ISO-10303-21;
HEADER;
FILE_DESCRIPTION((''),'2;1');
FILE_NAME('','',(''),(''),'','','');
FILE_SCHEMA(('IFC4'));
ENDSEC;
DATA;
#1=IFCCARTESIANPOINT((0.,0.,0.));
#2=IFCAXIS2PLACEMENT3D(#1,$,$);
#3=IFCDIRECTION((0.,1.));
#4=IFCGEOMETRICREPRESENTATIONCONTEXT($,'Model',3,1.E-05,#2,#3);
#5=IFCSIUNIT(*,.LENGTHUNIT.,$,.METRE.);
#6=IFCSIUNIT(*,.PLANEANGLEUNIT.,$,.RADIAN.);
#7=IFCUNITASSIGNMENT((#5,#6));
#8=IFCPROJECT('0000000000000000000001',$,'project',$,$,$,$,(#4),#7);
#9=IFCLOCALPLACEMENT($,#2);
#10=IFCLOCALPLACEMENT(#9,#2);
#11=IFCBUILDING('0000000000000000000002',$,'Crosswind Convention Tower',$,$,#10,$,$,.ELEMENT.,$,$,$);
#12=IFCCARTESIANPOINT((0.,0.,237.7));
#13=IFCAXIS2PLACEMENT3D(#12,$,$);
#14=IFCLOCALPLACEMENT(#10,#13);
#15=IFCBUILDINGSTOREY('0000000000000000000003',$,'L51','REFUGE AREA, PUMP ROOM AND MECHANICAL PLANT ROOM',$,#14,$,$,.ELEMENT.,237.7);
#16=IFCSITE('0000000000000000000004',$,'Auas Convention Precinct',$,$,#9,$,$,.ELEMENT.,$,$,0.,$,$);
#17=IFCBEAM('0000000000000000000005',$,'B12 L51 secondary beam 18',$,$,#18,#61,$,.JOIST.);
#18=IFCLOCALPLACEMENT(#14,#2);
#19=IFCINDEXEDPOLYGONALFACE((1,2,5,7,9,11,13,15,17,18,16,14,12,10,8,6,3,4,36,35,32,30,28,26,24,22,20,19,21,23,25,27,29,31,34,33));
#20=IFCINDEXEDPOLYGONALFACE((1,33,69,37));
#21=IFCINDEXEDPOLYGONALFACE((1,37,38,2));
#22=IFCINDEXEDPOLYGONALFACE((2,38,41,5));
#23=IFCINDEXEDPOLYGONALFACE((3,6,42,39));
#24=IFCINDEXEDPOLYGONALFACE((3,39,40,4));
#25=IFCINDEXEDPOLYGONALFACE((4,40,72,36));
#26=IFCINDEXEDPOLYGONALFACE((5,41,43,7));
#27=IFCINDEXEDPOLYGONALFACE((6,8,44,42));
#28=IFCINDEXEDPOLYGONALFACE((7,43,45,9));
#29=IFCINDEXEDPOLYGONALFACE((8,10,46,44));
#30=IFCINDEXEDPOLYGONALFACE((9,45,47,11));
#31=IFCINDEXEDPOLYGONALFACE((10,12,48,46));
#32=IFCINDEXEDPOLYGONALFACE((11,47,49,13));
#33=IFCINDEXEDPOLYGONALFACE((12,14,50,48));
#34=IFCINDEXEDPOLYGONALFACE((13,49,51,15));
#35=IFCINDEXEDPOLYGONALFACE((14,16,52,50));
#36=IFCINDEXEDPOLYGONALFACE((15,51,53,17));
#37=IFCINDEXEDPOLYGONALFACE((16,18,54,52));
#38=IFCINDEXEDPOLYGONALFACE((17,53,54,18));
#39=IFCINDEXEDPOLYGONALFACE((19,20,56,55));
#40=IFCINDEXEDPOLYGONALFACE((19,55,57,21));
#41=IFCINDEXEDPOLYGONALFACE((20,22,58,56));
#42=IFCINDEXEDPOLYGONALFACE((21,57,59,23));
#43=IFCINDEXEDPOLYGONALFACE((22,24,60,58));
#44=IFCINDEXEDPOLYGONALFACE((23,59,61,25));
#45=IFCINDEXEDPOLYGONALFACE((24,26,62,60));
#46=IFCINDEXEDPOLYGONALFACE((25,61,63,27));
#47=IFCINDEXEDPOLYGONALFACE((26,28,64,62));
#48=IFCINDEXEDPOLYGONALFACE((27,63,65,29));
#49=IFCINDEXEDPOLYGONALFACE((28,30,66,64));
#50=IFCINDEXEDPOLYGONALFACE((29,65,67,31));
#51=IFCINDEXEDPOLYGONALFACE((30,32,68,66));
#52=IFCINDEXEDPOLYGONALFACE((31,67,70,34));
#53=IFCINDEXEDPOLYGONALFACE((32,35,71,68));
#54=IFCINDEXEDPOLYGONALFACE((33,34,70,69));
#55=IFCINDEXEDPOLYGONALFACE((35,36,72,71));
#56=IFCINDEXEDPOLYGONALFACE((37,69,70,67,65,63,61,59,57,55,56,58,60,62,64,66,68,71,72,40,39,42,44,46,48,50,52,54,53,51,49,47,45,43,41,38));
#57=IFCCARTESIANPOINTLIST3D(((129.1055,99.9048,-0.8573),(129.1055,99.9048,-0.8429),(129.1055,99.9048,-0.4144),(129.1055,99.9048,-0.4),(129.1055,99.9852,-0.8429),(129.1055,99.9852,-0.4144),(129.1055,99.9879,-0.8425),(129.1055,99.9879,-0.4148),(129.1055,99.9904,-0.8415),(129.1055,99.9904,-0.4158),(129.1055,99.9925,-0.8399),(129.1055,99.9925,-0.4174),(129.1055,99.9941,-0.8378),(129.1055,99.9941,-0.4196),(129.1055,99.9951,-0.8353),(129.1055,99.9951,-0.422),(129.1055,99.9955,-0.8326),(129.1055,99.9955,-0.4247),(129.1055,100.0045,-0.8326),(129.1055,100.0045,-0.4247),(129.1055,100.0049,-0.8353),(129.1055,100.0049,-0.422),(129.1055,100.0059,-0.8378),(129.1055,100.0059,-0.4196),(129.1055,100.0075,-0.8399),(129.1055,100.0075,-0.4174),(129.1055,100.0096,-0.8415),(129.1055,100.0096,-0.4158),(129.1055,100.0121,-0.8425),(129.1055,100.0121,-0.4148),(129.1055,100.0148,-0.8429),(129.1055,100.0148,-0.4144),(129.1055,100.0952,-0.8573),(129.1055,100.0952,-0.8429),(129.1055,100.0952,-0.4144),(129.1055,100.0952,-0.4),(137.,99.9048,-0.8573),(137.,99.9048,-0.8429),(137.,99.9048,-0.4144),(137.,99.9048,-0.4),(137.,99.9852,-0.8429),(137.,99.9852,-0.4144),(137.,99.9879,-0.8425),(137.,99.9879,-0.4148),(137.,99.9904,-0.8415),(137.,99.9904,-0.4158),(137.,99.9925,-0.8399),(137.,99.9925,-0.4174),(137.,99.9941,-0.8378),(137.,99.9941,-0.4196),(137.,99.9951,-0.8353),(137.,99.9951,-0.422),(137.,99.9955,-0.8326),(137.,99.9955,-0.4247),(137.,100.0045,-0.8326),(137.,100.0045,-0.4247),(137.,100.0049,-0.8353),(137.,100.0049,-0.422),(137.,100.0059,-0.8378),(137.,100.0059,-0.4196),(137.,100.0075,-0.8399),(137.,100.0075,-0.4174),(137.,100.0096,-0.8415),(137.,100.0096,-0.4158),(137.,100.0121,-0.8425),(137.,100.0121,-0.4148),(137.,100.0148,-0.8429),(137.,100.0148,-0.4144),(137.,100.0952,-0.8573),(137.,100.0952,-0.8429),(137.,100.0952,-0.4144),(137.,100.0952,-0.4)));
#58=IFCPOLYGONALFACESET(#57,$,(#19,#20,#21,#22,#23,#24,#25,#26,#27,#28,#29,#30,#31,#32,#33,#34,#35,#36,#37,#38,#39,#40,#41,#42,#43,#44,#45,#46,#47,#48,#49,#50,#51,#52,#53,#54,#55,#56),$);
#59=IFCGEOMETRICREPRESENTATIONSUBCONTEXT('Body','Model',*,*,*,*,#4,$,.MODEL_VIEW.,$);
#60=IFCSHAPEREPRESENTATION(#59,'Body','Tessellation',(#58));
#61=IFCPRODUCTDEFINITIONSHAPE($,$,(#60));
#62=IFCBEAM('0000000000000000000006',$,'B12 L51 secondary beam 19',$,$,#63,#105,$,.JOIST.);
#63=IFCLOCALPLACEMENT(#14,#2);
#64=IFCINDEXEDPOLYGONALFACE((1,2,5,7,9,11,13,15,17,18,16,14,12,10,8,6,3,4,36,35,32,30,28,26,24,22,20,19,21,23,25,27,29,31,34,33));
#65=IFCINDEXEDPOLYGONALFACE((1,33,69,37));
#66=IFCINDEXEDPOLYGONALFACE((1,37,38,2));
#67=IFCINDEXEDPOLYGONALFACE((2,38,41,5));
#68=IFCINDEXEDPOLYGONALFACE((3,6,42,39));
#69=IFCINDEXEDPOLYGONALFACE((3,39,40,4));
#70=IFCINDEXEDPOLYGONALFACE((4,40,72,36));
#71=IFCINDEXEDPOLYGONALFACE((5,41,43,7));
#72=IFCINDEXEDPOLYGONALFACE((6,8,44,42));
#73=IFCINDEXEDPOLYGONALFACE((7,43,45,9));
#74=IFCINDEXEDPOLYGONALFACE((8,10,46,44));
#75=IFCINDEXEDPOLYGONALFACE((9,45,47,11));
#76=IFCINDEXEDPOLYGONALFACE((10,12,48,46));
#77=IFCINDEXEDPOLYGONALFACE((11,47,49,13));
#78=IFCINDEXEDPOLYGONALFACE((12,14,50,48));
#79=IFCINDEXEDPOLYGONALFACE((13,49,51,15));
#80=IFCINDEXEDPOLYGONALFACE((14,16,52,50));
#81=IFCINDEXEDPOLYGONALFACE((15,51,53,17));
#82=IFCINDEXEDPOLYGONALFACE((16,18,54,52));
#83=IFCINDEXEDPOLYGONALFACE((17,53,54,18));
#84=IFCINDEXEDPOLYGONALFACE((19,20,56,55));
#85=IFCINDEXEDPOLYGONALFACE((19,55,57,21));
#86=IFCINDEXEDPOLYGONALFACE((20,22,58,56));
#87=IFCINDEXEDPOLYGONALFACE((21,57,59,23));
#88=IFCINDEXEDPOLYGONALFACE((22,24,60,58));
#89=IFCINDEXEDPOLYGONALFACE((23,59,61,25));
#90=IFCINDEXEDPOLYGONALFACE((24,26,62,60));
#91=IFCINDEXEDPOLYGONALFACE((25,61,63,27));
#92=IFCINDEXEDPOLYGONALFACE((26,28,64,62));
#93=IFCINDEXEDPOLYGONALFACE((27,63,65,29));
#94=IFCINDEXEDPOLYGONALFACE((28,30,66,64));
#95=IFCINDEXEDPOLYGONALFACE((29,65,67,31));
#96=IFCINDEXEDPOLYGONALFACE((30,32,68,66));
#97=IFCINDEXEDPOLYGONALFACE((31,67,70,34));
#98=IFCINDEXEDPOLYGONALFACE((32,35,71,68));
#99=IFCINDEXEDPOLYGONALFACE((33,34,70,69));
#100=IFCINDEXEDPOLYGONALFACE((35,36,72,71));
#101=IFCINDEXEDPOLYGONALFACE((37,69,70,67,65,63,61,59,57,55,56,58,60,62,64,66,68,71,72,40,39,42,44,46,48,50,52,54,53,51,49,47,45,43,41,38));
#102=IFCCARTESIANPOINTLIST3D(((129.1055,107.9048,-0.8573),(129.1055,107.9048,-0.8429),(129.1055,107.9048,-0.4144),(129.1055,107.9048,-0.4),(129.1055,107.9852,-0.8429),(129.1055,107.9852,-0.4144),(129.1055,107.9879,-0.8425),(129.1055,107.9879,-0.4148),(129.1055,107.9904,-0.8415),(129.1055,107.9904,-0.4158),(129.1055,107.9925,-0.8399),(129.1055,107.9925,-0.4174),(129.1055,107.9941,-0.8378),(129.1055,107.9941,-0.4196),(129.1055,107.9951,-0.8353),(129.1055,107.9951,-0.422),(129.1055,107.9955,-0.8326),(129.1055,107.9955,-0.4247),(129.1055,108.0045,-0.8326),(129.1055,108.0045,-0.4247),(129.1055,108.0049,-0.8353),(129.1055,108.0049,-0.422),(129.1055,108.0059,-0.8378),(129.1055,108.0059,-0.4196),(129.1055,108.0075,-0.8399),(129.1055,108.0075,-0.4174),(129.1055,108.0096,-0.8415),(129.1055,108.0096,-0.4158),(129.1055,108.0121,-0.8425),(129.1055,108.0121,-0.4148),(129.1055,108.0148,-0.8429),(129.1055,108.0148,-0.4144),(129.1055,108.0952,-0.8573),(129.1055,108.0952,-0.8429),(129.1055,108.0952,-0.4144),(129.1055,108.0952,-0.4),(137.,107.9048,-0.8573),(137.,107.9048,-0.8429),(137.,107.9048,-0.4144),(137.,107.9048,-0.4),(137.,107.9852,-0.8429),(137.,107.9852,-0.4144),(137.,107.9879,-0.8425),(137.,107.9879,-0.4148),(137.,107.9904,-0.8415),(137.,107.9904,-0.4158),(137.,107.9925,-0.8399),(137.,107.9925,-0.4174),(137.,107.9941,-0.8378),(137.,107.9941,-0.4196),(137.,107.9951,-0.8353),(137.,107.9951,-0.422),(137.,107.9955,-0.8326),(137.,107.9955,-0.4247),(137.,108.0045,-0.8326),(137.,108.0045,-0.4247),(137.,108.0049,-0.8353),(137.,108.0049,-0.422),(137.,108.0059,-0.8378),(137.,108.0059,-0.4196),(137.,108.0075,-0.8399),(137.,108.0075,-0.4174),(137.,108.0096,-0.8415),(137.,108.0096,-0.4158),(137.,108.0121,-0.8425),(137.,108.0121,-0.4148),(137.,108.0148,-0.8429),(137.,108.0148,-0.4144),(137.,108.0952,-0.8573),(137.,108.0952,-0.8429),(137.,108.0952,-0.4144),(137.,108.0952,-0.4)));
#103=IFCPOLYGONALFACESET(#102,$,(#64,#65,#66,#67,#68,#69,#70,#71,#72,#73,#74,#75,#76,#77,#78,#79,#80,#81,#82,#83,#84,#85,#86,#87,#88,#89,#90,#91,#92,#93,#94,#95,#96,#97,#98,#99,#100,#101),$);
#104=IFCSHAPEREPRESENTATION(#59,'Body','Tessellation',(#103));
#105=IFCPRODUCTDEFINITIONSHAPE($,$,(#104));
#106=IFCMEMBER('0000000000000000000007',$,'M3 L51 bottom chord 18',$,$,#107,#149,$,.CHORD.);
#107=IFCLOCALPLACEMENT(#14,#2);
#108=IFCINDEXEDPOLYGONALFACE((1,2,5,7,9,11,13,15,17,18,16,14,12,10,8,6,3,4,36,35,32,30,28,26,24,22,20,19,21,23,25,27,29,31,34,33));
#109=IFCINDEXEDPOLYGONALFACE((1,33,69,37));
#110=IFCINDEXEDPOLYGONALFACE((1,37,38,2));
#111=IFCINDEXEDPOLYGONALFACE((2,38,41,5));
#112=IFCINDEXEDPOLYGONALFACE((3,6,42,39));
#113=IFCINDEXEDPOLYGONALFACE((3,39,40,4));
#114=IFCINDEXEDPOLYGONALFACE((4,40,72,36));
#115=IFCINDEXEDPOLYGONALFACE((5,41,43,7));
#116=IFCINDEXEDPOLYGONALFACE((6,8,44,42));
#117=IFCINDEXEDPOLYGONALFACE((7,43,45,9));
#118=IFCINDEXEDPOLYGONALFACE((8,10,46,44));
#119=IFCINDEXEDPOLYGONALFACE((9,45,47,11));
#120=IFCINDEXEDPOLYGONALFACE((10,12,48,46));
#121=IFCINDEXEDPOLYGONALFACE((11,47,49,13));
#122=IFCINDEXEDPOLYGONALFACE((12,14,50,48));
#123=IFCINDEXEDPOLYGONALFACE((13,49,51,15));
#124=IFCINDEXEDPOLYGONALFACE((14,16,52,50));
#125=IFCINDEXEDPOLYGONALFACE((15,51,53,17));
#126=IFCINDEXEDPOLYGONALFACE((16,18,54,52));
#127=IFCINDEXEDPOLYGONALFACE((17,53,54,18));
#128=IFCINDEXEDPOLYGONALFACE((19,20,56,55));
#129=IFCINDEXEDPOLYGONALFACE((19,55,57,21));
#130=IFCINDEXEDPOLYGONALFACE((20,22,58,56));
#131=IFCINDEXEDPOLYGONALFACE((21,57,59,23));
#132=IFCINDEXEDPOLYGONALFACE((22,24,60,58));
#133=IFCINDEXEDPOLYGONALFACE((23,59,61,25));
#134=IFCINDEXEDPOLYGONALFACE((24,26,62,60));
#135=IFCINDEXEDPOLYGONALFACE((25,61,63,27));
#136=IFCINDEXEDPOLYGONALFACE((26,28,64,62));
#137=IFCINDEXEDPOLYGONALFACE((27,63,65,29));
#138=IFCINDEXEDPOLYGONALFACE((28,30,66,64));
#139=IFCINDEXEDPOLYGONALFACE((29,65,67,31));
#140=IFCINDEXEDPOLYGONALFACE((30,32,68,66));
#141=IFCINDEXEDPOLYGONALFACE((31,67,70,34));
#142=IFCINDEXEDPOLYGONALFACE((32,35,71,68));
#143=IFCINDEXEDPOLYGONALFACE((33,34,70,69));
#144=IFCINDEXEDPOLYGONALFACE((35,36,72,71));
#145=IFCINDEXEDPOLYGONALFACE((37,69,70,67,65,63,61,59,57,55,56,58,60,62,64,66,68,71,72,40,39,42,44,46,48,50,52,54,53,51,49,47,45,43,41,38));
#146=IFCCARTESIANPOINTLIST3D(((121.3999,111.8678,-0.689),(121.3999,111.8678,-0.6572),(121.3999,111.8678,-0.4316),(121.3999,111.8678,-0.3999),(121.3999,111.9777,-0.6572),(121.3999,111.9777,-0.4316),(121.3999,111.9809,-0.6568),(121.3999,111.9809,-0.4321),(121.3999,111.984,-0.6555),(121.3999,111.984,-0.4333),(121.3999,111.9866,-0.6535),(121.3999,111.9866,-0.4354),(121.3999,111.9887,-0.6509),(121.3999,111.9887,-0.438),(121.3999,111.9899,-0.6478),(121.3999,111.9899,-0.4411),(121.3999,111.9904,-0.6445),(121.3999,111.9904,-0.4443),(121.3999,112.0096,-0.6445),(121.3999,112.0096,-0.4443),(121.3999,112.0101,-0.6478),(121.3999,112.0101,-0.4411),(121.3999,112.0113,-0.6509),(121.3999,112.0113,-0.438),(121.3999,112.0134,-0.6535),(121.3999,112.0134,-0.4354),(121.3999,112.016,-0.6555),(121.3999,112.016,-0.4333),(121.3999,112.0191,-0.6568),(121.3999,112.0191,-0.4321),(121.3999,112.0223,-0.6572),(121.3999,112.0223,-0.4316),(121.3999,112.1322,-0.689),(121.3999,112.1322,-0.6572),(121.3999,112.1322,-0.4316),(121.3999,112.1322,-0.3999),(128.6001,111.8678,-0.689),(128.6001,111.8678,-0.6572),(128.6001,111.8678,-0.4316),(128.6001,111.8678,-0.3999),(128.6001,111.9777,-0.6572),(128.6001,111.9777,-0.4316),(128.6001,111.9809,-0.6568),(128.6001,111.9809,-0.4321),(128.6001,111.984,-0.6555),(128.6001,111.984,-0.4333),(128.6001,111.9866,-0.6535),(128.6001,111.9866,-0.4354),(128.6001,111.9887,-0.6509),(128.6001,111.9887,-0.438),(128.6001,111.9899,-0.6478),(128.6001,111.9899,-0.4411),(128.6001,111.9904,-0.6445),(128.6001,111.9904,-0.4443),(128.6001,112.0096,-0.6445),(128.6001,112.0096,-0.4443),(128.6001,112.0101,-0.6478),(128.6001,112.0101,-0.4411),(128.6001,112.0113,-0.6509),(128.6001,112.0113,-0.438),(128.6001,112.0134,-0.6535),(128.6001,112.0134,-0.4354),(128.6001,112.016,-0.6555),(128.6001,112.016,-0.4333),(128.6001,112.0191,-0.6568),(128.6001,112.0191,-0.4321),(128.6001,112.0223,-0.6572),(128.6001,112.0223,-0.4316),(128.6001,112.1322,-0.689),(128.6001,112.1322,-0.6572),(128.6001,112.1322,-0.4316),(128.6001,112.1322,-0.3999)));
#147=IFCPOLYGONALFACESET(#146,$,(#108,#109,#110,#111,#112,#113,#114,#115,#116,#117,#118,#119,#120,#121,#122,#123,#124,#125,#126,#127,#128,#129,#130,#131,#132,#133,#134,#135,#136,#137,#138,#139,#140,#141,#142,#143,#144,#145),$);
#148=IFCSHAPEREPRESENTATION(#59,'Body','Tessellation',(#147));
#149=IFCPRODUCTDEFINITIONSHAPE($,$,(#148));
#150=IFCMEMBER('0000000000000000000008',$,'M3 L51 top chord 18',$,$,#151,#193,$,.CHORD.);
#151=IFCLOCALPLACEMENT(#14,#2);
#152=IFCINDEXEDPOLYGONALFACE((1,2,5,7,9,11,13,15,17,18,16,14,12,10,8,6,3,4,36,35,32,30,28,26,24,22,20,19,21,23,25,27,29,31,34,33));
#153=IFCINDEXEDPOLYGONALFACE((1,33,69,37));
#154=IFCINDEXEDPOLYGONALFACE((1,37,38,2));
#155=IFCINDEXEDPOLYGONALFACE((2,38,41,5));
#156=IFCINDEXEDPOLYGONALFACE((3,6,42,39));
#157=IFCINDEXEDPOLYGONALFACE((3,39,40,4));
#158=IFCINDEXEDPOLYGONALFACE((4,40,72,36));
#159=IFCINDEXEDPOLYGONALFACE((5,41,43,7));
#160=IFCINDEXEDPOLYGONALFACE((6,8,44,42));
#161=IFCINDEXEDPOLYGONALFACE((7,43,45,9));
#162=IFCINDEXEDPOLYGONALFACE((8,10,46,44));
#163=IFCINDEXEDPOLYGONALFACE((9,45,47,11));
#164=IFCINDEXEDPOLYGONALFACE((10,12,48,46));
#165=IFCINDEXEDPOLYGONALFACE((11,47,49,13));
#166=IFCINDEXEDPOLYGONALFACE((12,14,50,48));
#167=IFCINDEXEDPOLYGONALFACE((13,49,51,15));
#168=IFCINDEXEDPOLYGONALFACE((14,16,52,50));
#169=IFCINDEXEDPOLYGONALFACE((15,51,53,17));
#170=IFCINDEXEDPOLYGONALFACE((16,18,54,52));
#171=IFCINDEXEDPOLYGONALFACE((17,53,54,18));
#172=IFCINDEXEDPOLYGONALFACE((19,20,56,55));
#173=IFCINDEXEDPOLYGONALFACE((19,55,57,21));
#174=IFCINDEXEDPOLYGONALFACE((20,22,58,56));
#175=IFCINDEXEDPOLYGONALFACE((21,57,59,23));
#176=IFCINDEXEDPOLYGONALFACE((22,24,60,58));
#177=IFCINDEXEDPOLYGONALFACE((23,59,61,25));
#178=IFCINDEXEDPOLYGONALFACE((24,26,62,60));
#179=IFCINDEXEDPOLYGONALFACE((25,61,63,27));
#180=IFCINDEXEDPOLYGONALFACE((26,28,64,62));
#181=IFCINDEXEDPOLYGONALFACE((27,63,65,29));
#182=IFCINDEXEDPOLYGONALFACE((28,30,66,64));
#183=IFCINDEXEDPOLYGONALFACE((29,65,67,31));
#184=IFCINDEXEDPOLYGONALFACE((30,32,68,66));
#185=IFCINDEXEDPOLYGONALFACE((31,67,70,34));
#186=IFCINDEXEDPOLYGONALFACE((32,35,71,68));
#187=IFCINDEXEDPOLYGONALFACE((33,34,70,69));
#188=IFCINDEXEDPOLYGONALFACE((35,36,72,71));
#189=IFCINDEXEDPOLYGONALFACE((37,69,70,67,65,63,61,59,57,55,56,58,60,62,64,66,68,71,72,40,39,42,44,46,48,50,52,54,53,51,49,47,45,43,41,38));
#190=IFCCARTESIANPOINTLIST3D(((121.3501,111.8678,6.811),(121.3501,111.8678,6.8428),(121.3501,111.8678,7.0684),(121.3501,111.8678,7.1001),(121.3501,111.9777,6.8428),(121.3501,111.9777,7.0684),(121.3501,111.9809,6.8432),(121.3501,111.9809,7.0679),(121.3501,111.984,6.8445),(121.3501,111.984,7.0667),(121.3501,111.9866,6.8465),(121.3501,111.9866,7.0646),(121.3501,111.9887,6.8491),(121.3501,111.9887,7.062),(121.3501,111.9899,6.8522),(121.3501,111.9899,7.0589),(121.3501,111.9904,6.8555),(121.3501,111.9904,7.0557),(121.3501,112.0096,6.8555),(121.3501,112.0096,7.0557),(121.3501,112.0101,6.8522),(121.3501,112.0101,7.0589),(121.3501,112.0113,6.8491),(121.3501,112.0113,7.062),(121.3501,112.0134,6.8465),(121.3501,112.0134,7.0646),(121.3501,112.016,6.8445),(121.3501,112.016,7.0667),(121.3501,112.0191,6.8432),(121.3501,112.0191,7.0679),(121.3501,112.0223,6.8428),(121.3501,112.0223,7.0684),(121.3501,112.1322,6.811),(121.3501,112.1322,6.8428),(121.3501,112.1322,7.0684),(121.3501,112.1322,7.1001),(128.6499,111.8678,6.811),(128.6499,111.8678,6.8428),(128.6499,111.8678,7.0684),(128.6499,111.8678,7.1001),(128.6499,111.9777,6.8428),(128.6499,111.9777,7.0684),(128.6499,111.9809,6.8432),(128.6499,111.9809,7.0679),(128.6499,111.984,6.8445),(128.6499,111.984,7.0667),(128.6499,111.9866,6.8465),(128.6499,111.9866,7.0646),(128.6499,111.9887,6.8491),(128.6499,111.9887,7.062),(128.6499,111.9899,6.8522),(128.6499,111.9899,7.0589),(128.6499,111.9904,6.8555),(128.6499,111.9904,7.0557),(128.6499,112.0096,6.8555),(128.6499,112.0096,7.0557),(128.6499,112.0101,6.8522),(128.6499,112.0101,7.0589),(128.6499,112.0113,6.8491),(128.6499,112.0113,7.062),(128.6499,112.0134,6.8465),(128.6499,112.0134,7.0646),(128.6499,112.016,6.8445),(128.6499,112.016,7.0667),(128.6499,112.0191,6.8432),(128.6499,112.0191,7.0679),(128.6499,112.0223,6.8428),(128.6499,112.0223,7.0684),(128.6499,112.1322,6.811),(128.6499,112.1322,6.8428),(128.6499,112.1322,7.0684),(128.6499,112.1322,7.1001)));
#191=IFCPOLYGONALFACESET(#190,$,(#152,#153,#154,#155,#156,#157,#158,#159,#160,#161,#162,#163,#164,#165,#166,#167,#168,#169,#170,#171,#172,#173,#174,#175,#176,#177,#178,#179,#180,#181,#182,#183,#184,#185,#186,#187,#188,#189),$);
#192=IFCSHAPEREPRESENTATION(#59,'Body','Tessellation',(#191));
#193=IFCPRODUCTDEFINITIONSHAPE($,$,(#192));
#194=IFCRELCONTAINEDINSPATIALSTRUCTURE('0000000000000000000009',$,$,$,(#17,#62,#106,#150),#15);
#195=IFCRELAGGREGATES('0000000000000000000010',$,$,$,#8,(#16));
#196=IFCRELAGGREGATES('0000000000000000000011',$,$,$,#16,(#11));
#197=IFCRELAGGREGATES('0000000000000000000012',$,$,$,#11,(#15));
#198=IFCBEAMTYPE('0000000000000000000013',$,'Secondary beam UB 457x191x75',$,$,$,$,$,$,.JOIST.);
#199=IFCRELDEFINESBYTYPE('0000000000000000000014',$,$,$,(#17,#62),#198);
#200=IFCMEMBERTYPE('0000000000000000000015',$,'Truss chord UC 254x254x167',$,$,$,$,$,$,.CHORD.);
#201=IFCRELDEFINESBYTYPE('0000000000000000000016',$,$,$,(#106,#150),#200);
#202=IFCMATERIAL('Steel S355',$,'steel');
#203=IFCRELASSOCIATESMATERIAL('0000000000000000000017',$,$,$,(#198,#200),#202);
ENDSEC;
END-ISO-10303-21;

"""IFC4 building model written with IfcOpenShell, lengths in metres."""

from ifc_helpers import new_model, si_unit, direction, frame, origin, origin_2d, place, context, subcontext, project, spatial, i_section, extrude, material, material_profile, profile_set, type_object, element, save


model = new_model("IFC4")

# Units and contexts
model_context = context("Model", 3, precision=1e-05, world=origin(), true_north=direction((0.0, 1.0)))
body_context = subcontext(model_context, "Body", "Model", "MODEL_VIEW")
ifc_project = project(units=[si_unit("LENGTHUNIT", "METRE"), si_unit("PLANEANGLEUNIT", "RADIAN")], contexts=[model_context])

# Site, building, storey
site_placement = place(None, origin())
site = spatial("IfcSite", under=ifc_project, at=site_placement, Name="Auas Convention Precinct", CompositionType="ELEMENT", RefElevation=0.0)
building_placement = place(site_placement, origin())
building = spatial("IfcBuilding", under=site, at=building_placement, Name="Crosswind Convention Tower", CompositionType="ELEMENT")
storey_placement = place(building_placement, frame((0.0, 0.0, 237.7)))
storey = spatial("IfcBuildingStorey", under=building, at=storey_placement, Name="L51", Description="REFUGE AREA, PUMP ROOM AND MECHANICAL PLANT ROOM", CompositionType="ELEMENT", Elevation=237.7)

# Beams
ifc_material_1 = material(Name="Steel S355", Category="steel")
ifc_material_profile_1 = material_profile(ifc_material_1, i_section(OverallWidth=0.1904, OverallDepth=0.4573, WebThickness=0.009, FlangeThickness=0.0144, FilletRadius=0.0103, at=origin_2d()), Name="UB 457x191x75")
ifc_profile_set_1 = profile_set([ifc_material_profile_1], Name="Steel S355")
beam_type_1 = type_object("IfcBeamType", Name="Secondary beam UB 457x191x75", PredefinedType="JOIST", material=ifc_profile_set_1)
for number, where, z_axis, x_axis, name in (
    (1, (129.1055, 100.0, -0.6287), (1.0, 0.0, 0.0), (0.0, 1.0, 0.0), "B12 L51 secondary beam 18"),
    (2, (129.1055, 108.0, -0.6287), (1.0, 0.0, 0.0), (0.0, 1.0, 0.0), "B12 L51 secondary beam 19"),
):
    element("IfcBeam", number, at=place(storey_placement, frame(where, z_axis=z_axis, x_axis=x_axis)), inside=storey, type_object=beam_type_1, Name=name, PredefinedType="JOIST", context=body_context, shape_type="SweptSolid", body=[
        extrude(i_section(OverallWidth=0.1904, OverallDepth=0.4573, WebThickness=0.009, FlangeThickness=0.0144, FilletRadius=0.0103, at=origin_2d()), origin(), (0.0, 0.0, 1.0), 7.8945),
    ])

# Members
ifc_material_profile_2 = material_profile(ifc_material_1, i_section(OverallWidth=0.2644, OverallDepth=0.2891, WebThickness=0.0193, FlangeThickness=0.0317, FilletRadius=0.0127, at=origin_2d()), Name="UC 254x254x167")
ifc_profile_set_2 = profile_set([ifc_material_profile_2], Name="Steel S355")
member_type_1 = type_object("IfcMemberType", Name="Truss chord UC 254x254x167", PredefinedType="CHORD", material=ifc_profile_set_2)
member_1_placement = place(storey_placement, frame((121.3999, 112.0, -0.5444), z_axis=(1.0, 0.0, 0.0), x_axis=(0.0, 1.0, 0.0)))
element("IfcMember", 3, at=member_1_placement, inside=storey, type_object=member_type_1, Name="M3 L51 bottom chord 18", PredefinedType="CHORD", context=body_context, shape_type="SweptSolid", body=[
    extrude(i_section(OverallWidth=0.2644, OverallDepth=0.2891, WebThickness=0.0193, FlangeThickness=0.0317, FilletRadius=0.0127, at=origin_2d()), origin(), (0.0, 0.0, 1.0), 7.2002),
])
member_2_placement = place(storey_placement, frame((121.3501, 112.0, 6.9556), z_axis=(1.0, 0.0, 0.0), x_axis=(0.0, 1.0, 0.0)))
element("IfcMember", 4, at=member_2_placement, inside=storey, type_object=member_type_1, Name="M3 L51 top chord 18", PredefinedType="CHORD", context=body_context, shape_type="SweptSolid", body=[
    extrude(i_section(OverallWidth=0.2644, OverallDepth=0.2891, WebThickness=0.0193, FlangeThickness=0.0317, FilletRadius=0.0127, at=origin_2d()), origin(), (0.0, 0.0, 1.0), 7.2998),
])

save(model, "model.ifc")
